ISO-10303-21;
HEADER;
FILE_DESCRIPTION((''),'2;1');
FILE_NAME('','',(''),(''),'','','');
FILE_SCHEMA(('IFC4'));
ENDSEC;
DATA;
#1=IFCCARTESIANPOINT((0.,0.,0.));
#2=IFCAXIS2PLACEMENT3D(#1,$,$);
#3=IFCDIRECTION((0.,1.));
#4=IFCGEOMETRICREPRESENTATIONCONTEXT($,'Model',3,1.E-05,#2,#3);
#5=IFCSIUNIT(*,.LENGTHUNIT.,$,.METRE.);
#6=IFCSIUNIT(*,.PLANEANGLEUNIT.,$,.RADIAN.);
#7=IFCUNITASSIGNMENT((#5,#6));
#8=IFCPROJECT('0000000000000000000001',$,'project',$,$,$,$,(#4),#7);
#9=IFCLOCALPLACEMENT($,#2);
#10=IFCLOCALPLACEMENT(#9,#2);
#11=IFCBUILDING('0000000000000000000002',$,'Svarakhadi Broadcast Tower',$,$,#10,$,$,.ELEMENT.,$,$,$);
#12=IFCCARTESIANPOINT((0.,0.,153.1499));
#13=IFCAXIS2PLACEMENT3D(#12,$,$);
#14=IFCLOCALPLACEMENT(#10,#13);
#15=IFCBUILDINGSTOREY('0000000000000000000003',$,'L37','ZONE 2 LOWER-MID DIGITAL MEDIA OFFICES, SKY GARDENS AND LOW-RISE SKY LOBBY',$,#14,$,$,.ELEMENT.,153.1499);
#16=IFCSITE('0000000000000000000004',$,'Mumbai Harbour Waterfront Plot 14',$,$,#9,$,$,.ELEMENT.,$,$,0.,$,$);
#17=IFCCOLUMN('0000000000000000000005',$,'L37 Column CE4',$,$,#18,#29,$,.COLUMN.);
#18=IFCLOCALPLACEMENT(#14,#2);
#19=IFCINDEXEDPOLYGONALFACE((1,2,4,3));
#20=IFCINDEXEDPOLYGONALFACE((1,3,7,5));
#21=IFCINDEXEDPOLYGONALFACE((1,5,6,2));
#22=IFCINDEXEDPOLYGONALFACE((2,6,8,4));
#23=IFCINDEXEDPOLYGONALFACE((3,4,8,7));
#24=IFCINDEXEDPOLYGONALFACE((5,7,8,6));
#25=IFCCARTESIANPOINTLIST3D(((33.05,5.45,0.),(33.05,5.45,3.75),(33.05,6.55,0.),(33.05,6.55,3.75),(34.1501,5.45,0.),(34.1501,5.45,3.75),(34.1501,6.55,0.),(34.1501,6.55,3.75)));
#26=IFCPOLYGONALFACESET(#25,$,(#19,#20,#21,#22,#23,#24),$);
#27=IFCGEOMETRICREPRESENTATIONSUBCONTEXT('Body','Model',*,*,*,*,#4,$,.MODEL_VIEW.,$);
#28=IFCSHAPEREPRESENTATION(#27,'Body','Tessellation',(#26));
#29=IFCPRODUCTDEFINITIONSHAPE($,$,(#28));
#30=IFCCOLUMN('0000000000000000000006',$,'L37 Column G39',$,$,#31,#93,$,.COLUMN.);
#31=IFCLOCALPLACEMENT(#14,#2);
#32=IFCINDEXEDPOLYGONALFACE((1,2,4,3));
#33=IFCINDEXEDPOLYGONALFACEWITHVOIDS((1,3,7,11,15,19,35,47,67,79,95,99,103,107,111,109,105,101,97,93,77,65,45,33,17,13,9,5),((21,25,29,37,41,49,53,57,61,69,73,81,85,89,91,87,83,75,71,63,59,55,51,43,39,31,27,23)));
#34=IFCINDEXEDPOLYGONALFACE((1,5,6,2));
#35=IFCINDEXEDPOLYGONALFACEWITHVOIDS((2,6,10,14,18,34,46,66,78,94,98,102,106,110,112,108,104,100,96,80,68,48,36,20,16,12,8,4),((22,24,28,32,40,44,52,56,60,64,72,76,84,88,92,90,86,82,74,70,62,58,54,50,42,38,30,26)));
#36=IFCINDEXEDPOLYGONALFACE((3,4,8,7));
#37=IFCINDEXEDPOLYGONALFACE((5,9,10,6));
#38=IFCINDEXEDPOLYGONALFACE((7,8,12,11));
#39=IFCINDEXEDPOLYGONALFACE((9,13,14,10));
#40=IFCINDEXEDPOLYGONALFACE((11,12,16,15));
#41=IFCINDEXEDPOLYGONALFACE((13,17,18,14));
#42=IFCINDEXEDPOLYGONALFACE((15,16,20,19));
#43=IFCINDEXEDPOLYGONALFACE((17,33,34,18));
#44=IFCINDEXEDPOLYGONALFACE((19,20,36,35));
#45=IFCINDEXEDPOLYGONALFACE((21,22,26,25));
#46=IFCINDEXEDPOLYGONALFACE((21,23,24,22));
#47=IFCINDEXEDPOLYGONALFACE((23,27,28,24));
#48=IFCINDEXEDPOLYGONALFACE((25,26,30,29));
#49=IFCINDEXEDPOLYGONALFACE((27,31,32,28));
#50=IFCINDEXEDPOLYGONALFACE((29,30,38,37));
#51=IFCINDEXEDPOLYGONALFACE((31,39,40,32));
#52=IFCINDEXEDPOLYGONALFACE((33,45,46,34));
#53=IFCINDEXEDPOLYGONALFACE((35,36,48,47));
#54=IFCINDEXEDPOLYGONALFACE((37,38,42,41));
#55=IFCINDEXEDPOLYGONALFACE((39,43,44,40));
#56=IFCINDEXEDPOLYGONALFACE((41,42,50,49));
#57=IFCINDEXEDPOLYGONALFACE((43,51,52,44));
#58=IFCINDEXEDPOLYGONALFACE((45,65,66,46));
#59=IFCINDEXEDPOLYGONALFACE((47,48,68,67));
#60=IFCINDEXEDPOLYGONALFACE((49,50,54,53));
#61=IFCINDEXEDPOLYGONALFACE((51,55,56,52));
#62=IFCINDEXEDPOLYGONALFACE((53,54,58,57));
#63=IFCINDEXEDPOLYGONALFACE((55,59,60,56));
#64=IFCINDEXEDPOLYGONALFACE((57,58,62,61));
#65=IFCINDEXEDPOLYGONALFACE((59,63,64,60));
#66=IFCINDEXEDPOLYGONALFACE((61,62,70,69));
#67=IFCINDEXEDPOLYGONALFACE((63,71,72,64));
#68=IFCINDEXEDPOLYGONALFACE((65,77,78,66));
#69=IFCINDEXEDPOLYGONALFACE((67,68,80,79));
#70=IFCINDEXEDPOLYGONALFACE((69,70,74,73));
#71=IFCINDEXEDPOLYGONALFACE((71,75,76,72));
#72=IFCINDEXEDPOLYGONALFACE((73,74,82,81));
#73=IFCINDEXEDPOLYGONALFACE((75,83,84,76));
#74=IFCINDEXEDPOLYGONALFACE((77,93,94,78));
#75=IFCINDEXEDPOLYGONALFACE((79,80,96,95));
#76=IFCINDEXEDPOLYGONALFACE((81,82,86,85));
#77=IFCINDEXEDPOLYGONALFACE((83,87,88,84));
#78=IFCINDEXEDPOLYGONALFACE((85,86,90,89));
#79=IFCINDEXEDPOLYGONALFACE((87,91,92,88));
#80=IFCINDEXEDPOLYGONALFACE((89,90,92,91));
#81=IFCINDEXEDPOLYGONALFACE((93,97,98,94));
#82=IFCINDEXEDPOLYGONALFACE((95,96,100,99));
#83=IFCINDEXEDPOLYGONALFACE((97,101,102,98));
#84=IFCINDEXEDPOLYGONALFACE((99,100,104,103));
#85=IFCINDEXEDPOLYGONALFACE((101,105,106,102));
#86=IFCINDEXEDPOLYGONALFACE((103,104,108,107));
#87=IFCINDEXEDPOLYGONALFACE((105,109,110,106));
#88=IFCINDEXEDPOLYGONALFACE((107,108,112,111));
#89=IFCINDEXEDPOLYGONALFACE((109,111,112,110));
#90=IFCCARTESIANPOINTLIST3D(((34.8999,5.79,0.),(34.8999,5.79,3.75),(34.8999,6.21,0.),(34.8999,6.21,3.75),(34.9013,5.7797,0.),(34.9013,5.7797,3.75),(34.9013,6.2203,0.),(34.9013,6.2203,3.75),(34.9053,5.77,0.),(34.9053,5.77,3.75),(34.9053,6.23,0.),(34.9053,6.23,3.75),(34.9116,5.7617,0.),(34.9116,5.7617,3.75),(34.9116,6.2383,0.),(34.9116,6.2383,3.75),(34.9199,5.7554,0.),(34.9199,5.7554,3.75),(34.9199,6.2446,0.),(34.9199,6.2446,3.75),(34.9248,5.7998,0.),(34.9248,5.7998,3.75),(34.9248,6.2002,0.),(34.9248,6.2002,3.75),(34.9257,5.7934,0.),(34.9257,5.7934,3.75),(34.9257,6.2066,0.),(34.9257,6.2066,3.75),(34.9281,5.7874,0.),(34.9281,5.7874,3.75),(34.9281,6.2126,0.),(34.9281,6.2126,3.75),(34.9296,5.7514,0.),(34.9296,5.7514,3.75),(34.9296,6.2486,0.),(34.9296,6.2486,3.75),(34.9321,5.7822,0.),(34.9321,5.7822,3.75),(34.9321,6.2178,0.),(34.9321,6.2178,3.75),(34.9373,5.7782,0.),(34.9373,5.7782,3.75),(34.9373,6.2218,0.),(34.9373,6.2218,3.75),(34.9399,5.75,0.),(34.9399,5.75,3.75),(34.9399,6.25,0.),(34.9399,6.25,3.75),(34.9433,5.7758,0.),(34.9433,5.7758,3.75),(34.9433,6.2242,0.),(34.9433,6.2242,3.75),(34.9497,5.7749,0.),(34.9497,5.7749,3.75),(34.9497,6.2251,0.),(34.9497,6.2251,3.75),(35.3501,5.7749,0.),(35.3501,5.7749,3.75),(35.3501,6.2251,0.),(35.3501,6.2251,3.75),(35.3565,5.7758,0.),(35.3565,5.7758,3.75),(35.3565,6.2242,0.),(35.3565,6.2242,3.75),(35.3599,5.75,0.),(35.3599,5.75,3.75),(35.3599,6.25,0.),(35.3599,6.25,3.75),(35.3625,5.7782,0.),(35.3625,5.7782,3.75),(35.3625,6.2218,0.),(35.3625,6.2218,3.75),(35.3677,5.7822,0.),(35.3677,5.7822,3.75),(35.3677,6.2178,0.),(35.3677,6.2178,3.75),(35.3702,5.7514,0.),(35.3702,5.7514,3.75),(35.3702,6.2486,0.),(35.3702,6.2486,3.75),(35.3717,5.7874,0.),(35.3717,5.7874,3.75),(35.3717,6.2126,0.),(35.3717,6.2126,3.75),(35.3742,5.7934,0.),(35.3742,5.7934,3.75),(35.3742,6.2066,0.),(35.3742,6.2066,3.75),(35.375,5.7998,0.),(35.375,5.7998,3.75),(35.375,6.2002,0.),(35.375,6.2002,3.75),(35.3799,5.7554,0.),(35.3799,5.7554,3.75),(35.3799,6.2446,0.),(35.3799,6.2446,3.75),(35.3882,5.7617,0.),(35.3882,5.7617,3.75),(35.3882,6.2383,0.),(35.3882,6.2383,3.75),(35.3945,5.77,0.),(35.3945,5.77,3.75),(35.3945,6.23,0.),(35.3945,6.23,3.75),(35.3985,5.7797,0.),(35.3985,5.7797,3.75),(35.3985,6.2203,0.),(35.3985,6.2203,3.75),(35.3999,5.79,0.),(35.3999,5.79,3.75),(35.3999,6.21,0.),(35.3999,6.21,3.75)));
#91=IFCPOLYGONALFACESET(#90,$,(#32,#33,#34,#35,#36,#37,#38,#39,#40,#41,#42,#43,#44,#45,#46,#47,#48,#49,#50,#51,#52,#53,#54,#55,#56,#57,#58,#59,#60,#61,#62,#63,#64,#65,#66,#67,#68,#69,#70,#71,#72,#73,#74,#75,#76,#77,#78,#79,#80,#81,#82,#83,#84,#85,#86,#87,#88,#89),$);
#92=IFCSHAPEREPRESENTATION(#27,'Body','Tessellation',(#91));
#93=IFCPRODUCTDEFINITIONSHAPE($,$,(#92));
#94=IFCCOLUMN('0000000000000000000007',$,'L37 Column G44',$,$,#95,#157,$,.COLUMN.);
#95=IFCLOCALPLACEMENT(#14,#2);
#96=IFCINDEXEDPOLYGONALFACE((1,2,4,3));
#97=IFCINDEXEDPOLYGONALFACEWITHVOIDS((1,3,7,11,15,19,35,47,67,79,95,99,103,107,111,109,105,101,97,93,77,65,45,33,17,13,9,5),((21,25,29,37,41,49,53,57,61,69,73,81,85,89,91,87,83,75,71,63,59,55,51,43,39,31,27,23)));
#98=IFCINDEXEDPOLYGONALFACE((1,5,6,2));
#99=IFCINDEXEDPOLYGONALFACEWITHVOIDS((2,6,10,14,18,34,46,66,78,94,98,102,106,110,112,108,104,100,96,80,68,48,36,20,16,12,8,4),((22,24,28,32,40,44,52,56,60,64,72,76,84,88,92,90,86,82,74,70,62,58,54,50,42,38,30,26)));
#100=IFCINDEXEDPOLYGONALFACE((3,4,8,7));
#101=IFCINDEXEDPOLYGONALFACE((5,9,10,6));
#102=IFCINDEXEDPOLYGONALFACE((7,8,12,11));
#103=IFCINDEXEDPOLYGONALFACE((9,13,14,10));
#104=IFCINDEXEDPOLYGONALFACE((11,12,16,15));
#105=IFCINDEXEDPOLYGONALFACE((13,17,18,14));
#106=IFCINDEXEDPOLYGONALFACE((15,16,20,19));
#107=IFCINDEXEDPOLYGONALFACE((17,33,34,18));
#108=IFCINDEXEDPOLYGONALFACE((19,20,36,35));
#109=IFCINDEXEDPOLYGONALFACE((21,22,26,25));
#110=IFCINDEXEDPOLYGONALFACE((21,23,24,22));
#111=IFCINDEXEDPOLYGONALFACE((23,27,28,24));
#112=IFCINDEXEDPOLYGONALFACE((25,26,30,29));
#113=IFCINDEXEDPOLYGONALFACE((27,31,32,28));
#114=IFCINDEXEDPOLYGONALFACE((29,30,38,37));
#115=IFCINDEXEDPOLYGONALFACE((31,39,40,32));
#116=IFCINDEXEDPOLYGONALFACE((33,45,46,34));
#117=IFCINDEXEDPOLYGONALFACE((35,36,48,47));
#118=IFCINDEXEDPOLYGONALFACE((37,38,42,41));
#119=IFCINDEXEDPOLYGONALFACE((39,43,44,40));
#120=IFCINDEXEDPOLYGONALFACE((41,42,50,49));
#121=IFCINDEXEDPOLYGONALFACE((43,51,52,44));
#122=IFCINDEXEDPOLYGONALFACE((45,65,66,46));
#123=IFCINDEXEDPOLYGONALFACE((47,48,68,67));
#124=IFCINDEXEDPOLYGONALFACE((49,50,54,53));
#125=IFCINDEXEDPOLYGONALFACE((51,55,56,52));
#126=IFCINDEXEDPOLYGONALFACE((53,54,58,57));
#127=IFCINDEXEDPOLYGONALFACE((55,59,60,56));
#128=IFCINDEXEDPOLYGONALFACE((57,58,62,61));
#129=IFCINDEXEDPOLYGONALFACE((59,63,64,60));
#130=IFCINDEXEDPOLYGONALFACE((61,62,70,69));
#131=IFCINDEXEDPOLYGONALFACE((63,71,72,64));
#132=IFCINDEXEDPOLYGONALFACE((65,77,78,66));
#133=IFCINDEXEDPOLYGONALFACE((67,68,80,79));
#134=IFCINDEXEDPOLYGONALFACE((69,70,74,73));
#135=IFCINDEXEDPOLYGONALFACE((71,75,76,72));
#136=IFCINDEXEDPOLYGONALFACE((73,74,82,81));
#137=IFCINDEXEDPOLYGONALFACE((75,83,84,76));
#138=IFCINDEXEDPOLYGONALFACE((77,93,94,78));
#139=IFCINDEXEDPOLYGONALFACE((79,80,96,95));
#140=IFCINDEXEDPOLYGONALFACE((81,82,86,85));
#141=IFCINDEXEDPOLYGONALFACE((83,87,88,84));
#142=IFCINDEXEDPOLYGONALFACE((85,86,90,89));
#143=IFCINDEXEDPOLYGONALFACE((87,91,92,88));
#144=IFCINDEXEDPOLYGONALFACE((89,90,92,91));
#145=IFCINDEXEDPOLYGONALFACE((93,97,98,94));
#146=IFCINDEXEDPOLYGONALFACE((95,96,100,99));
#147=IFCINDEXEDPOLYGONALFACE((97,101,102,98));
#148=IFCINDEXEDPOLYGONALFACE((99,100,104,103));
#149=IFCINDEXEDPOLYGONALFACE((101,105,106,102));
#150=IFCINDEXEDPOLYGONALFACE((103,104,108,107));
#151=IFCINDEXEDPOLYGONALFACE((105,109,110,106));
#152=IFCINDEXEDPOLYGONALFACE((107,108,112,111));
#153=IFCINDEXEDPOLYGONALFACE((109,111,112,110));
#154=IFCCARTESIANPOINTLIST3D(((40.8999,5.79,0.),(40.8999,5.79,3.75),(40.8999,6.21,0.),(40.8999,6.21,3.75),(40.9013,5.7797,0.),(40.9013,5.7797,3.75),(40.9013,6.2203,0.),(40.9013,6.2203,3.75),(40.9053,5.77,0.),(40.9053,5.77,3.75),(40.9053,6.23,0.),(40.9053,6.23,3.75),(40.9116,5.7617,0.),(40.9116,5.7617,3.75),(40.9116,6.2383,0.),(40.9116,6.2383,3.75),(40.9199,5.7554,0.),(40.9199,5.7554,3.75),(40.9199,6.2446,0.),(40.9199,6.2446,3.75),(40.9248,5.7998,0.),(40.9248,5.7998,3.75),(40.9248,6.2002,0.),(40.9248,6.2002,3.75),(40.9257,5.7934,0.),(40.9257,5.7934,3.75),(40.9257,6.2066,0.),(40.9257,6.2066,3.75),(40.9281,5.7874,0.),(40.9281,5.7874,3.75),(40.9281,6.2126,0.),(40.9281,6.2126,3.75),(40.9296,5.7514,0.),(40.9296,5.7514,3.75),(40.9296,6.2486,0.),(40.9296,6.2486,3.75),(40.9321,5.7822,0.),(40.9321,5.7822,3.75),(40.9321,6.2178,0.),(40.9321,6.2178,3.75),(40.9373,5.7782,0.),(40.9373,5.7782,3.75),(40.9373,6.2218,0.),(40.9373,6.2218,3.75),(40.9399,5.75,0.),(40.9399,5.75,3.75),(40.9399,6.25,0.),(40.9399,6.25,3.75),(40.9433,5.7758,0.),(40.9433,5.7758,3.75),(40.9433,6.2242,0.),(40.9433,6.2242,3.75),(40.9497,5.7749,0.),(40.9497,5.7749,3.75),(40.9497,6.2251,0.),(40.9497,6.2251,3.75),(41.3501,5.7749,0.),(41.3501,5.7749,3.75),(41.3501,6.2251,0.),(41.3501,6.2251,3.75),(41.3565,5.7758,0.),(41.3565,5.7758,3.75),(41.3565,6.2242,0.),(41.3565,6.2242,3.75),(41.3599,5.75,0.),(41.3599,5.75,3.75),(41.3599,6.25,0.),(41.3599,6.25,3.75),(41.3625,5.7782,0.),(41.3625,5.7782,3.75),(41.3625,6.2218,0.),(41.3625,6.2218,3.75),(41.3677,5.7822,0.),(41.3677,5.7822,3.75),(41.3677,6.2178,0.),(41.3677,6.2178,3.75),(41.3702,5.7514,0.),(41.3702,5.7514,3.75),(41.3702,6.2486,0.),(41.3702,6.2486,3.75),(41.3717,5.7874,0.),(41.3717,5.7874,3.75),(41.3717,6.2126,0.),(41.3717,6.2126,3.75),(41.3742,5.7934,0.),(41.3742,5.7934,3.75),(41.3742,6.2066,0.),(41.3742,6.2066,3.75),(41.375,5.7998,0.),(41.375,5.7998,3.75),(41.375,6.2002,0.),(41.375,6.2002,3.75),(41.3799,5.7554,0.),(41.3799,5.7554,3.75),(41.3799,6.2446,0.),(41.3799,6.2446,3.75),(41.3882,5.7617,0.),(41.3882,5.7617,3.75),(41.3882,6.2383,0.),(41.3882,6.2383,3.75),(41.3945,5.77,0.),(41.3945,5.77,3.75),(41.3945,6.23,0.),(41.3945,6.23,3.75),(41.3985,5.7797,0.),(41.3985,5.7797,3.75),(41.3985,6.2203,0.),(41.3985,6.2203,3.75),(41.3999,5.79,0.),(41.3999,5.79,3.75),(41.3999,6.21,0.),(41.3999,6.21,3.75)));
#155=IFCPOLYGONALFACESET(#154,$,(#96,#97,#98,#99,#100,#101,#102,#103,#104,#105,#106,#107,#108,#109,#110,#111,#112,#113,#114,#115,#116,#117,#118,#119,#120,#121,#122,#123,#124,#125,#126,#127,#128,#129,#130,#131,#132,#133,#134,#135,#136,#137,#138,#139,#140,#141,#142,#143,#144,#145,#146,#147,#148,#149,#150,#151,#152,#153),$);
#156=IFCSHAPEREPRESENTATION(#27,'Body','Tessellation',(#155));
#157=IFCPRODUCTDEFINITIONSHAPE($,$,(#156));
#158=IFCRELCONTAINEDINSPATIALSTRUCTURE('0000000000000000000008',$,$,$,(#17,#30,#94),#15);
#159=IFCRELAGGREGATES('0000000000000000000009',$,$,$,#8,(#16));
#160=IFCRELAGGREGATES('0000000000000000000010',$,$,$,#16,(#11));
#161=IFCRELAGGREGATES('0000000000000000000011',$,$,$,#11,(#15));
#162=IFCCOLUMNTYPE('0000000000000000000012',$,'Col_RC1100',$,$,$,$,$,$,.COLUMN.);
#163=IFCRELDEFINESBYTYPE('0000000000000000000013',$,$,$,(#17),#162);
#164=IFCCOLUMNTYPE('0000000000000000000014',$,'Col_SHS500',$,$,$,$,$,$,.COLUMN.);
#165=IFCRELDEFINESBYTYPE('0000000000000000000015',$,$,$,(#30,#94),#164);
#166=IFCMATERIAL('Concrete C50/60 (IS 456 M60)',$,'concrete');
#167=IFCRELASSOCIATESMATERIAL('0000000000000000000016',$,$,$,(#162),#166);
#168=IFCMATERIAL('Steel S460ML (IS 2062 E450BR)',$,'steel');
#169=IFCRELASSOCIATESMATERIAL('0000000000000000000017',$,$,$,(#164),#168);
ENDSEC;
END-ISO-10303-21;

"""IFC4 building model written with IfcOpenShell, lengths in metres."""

from ifc_helpers import new_model, si_unit, direction, frame, origin, origin_2d, place, context, subcontext, project, spatial, rectangle, hollow_rectangle, extrude, material, material_profile, profile_set, type_object, element, save


model = new_model("IFC4")

# Units and contexts
model_context = context("Model", 3, precision=1e-05, world=origin(), true_north=direction((0.0, 1.0)))
body_context = subcontext(model_context, "Body", "Model", "MODEL_VIEW")
ifc_project = project(units=[si_unit("LENGTHUNIT", "METRE"), si_unit("PLANEANGLEUNIT", "RADIAN")], contexts=[model_context])

# Site, building, storey
site_placement = place(None, origin())
site = spatial("IfcSite", under=ifc_project, at=site_placement, Name="Mumbai Harbour Waterfront Plot 14", CompositionType="ELEMENT", RefElevation=0.0)
building_placement = place(site_placement, origin())
building = spatial("IfcBuilding", under=site, at=building_placement, Name="Svarakhadi Broadcast Tower", CompositionType="ELEMENT")
storey_placement = place(building_placement, frame((0.0, 0.0, 153.1499)))
storey = spatial("IfcBuildingStorey", under=building, at=storey_placement, Name="L37", Description="ZONE 2 LOWER-MID DIGITAL MEDIA OFFICES, SKY GARDENS AND LOW-RISE SKY LOBBY", CompositionType="ELEMENT", Elevation=153.1499)

# Columns
ifc_material_1 = material(Name="Concrete C50/60 (IS 456 M60)", Category="concrete")
ifc_material_profile_1 = material_profile(ifc_material_1, rectangle(XDim=1.1001, YDim=1.1001, at=origin_2d()), Name="RC 1100x1100")
ifc_profile_set_1 = profile_set([ifc_material_profile_1], Name="Concrete C50/60 (IS 456 M60)")
column_type_1 = type_object("IfcColumnType", Name="Col_RC1100", PredefinedType="COLUMN", material=ifc_profile_set_1)
column_placement = place(storey_placement, frame((33.6001, 6.0, 0.0), z_axis=(0.0, 0.0, 1.0), x_axis=(1.0, 0.0, 0.0)))
element("IfcColumn", 1, at=column_placement, inside=storey, type_object=column_type_1, Name="L37 Column CE4", PredefinedType="COLUMN", context=body_context, shape_type="SweptSolid", body=[
    extrude(rectangle(XDim=1.1001, YDim=1.1001, at=origin_2d()), origin(), (0.0, 0.0, 1.0), 3.75),
])
ifc_material_2 = material(Name="Steel S460ML (IS 2062 E450BR)", Category="steel")
ifc_material_profile_2 = material_profile(ifc_material_2, hollow_rectangle(XDim=0.5, YDim=0.5, WallThickness=0.0249, InnerFilletRadius=0.0249, OuterFilletRadius=0.04, at=origin_2d()), Name="SHS 500x500x25")
ifc_profile_set_2 = profile_set([ifc_material_profile_2], Name="Steel S460ML (IS 2062 E450BR)")
column_type_2 = type_object("IfcColumnType", Name="Col_SHS500", PredefinedType="COLUMN", material=ifc_profile_set_2)
for number, where, z_axis, x_axis, name in (
    (2, (35.1499, 6.0, 0.0), (0.0, 0.0, 1.0), (1.0, 0.0, 0.0), "L37 Column G39"),
    (3, (41.1499, 6.0, 0.0), (0.0, 0.0, 1.0), (1.0, 0.0, 0.0), "L37 Column G44"),
):
    element("IfcColumn", number, at=place(storey_placement, frame(where, z_axis=z_axis, x_axis=x_axis)), inside=storey, type_object=column_type_2, Name=name, PredefinedType="COLUMN", context=body_context, shape_type="SweptSolid", body=[
        extrude(hollow_rectangle(XDim=0.5, YDim=0.5, WallThickness=0.0249, InnerFilletRadius=0.0249, OuterFilletRadius=0.04, at=origin_2d()), origin(), (0.0, 0.0, 1.0), 3.75),
    ])

save(model, "model.ifc")
